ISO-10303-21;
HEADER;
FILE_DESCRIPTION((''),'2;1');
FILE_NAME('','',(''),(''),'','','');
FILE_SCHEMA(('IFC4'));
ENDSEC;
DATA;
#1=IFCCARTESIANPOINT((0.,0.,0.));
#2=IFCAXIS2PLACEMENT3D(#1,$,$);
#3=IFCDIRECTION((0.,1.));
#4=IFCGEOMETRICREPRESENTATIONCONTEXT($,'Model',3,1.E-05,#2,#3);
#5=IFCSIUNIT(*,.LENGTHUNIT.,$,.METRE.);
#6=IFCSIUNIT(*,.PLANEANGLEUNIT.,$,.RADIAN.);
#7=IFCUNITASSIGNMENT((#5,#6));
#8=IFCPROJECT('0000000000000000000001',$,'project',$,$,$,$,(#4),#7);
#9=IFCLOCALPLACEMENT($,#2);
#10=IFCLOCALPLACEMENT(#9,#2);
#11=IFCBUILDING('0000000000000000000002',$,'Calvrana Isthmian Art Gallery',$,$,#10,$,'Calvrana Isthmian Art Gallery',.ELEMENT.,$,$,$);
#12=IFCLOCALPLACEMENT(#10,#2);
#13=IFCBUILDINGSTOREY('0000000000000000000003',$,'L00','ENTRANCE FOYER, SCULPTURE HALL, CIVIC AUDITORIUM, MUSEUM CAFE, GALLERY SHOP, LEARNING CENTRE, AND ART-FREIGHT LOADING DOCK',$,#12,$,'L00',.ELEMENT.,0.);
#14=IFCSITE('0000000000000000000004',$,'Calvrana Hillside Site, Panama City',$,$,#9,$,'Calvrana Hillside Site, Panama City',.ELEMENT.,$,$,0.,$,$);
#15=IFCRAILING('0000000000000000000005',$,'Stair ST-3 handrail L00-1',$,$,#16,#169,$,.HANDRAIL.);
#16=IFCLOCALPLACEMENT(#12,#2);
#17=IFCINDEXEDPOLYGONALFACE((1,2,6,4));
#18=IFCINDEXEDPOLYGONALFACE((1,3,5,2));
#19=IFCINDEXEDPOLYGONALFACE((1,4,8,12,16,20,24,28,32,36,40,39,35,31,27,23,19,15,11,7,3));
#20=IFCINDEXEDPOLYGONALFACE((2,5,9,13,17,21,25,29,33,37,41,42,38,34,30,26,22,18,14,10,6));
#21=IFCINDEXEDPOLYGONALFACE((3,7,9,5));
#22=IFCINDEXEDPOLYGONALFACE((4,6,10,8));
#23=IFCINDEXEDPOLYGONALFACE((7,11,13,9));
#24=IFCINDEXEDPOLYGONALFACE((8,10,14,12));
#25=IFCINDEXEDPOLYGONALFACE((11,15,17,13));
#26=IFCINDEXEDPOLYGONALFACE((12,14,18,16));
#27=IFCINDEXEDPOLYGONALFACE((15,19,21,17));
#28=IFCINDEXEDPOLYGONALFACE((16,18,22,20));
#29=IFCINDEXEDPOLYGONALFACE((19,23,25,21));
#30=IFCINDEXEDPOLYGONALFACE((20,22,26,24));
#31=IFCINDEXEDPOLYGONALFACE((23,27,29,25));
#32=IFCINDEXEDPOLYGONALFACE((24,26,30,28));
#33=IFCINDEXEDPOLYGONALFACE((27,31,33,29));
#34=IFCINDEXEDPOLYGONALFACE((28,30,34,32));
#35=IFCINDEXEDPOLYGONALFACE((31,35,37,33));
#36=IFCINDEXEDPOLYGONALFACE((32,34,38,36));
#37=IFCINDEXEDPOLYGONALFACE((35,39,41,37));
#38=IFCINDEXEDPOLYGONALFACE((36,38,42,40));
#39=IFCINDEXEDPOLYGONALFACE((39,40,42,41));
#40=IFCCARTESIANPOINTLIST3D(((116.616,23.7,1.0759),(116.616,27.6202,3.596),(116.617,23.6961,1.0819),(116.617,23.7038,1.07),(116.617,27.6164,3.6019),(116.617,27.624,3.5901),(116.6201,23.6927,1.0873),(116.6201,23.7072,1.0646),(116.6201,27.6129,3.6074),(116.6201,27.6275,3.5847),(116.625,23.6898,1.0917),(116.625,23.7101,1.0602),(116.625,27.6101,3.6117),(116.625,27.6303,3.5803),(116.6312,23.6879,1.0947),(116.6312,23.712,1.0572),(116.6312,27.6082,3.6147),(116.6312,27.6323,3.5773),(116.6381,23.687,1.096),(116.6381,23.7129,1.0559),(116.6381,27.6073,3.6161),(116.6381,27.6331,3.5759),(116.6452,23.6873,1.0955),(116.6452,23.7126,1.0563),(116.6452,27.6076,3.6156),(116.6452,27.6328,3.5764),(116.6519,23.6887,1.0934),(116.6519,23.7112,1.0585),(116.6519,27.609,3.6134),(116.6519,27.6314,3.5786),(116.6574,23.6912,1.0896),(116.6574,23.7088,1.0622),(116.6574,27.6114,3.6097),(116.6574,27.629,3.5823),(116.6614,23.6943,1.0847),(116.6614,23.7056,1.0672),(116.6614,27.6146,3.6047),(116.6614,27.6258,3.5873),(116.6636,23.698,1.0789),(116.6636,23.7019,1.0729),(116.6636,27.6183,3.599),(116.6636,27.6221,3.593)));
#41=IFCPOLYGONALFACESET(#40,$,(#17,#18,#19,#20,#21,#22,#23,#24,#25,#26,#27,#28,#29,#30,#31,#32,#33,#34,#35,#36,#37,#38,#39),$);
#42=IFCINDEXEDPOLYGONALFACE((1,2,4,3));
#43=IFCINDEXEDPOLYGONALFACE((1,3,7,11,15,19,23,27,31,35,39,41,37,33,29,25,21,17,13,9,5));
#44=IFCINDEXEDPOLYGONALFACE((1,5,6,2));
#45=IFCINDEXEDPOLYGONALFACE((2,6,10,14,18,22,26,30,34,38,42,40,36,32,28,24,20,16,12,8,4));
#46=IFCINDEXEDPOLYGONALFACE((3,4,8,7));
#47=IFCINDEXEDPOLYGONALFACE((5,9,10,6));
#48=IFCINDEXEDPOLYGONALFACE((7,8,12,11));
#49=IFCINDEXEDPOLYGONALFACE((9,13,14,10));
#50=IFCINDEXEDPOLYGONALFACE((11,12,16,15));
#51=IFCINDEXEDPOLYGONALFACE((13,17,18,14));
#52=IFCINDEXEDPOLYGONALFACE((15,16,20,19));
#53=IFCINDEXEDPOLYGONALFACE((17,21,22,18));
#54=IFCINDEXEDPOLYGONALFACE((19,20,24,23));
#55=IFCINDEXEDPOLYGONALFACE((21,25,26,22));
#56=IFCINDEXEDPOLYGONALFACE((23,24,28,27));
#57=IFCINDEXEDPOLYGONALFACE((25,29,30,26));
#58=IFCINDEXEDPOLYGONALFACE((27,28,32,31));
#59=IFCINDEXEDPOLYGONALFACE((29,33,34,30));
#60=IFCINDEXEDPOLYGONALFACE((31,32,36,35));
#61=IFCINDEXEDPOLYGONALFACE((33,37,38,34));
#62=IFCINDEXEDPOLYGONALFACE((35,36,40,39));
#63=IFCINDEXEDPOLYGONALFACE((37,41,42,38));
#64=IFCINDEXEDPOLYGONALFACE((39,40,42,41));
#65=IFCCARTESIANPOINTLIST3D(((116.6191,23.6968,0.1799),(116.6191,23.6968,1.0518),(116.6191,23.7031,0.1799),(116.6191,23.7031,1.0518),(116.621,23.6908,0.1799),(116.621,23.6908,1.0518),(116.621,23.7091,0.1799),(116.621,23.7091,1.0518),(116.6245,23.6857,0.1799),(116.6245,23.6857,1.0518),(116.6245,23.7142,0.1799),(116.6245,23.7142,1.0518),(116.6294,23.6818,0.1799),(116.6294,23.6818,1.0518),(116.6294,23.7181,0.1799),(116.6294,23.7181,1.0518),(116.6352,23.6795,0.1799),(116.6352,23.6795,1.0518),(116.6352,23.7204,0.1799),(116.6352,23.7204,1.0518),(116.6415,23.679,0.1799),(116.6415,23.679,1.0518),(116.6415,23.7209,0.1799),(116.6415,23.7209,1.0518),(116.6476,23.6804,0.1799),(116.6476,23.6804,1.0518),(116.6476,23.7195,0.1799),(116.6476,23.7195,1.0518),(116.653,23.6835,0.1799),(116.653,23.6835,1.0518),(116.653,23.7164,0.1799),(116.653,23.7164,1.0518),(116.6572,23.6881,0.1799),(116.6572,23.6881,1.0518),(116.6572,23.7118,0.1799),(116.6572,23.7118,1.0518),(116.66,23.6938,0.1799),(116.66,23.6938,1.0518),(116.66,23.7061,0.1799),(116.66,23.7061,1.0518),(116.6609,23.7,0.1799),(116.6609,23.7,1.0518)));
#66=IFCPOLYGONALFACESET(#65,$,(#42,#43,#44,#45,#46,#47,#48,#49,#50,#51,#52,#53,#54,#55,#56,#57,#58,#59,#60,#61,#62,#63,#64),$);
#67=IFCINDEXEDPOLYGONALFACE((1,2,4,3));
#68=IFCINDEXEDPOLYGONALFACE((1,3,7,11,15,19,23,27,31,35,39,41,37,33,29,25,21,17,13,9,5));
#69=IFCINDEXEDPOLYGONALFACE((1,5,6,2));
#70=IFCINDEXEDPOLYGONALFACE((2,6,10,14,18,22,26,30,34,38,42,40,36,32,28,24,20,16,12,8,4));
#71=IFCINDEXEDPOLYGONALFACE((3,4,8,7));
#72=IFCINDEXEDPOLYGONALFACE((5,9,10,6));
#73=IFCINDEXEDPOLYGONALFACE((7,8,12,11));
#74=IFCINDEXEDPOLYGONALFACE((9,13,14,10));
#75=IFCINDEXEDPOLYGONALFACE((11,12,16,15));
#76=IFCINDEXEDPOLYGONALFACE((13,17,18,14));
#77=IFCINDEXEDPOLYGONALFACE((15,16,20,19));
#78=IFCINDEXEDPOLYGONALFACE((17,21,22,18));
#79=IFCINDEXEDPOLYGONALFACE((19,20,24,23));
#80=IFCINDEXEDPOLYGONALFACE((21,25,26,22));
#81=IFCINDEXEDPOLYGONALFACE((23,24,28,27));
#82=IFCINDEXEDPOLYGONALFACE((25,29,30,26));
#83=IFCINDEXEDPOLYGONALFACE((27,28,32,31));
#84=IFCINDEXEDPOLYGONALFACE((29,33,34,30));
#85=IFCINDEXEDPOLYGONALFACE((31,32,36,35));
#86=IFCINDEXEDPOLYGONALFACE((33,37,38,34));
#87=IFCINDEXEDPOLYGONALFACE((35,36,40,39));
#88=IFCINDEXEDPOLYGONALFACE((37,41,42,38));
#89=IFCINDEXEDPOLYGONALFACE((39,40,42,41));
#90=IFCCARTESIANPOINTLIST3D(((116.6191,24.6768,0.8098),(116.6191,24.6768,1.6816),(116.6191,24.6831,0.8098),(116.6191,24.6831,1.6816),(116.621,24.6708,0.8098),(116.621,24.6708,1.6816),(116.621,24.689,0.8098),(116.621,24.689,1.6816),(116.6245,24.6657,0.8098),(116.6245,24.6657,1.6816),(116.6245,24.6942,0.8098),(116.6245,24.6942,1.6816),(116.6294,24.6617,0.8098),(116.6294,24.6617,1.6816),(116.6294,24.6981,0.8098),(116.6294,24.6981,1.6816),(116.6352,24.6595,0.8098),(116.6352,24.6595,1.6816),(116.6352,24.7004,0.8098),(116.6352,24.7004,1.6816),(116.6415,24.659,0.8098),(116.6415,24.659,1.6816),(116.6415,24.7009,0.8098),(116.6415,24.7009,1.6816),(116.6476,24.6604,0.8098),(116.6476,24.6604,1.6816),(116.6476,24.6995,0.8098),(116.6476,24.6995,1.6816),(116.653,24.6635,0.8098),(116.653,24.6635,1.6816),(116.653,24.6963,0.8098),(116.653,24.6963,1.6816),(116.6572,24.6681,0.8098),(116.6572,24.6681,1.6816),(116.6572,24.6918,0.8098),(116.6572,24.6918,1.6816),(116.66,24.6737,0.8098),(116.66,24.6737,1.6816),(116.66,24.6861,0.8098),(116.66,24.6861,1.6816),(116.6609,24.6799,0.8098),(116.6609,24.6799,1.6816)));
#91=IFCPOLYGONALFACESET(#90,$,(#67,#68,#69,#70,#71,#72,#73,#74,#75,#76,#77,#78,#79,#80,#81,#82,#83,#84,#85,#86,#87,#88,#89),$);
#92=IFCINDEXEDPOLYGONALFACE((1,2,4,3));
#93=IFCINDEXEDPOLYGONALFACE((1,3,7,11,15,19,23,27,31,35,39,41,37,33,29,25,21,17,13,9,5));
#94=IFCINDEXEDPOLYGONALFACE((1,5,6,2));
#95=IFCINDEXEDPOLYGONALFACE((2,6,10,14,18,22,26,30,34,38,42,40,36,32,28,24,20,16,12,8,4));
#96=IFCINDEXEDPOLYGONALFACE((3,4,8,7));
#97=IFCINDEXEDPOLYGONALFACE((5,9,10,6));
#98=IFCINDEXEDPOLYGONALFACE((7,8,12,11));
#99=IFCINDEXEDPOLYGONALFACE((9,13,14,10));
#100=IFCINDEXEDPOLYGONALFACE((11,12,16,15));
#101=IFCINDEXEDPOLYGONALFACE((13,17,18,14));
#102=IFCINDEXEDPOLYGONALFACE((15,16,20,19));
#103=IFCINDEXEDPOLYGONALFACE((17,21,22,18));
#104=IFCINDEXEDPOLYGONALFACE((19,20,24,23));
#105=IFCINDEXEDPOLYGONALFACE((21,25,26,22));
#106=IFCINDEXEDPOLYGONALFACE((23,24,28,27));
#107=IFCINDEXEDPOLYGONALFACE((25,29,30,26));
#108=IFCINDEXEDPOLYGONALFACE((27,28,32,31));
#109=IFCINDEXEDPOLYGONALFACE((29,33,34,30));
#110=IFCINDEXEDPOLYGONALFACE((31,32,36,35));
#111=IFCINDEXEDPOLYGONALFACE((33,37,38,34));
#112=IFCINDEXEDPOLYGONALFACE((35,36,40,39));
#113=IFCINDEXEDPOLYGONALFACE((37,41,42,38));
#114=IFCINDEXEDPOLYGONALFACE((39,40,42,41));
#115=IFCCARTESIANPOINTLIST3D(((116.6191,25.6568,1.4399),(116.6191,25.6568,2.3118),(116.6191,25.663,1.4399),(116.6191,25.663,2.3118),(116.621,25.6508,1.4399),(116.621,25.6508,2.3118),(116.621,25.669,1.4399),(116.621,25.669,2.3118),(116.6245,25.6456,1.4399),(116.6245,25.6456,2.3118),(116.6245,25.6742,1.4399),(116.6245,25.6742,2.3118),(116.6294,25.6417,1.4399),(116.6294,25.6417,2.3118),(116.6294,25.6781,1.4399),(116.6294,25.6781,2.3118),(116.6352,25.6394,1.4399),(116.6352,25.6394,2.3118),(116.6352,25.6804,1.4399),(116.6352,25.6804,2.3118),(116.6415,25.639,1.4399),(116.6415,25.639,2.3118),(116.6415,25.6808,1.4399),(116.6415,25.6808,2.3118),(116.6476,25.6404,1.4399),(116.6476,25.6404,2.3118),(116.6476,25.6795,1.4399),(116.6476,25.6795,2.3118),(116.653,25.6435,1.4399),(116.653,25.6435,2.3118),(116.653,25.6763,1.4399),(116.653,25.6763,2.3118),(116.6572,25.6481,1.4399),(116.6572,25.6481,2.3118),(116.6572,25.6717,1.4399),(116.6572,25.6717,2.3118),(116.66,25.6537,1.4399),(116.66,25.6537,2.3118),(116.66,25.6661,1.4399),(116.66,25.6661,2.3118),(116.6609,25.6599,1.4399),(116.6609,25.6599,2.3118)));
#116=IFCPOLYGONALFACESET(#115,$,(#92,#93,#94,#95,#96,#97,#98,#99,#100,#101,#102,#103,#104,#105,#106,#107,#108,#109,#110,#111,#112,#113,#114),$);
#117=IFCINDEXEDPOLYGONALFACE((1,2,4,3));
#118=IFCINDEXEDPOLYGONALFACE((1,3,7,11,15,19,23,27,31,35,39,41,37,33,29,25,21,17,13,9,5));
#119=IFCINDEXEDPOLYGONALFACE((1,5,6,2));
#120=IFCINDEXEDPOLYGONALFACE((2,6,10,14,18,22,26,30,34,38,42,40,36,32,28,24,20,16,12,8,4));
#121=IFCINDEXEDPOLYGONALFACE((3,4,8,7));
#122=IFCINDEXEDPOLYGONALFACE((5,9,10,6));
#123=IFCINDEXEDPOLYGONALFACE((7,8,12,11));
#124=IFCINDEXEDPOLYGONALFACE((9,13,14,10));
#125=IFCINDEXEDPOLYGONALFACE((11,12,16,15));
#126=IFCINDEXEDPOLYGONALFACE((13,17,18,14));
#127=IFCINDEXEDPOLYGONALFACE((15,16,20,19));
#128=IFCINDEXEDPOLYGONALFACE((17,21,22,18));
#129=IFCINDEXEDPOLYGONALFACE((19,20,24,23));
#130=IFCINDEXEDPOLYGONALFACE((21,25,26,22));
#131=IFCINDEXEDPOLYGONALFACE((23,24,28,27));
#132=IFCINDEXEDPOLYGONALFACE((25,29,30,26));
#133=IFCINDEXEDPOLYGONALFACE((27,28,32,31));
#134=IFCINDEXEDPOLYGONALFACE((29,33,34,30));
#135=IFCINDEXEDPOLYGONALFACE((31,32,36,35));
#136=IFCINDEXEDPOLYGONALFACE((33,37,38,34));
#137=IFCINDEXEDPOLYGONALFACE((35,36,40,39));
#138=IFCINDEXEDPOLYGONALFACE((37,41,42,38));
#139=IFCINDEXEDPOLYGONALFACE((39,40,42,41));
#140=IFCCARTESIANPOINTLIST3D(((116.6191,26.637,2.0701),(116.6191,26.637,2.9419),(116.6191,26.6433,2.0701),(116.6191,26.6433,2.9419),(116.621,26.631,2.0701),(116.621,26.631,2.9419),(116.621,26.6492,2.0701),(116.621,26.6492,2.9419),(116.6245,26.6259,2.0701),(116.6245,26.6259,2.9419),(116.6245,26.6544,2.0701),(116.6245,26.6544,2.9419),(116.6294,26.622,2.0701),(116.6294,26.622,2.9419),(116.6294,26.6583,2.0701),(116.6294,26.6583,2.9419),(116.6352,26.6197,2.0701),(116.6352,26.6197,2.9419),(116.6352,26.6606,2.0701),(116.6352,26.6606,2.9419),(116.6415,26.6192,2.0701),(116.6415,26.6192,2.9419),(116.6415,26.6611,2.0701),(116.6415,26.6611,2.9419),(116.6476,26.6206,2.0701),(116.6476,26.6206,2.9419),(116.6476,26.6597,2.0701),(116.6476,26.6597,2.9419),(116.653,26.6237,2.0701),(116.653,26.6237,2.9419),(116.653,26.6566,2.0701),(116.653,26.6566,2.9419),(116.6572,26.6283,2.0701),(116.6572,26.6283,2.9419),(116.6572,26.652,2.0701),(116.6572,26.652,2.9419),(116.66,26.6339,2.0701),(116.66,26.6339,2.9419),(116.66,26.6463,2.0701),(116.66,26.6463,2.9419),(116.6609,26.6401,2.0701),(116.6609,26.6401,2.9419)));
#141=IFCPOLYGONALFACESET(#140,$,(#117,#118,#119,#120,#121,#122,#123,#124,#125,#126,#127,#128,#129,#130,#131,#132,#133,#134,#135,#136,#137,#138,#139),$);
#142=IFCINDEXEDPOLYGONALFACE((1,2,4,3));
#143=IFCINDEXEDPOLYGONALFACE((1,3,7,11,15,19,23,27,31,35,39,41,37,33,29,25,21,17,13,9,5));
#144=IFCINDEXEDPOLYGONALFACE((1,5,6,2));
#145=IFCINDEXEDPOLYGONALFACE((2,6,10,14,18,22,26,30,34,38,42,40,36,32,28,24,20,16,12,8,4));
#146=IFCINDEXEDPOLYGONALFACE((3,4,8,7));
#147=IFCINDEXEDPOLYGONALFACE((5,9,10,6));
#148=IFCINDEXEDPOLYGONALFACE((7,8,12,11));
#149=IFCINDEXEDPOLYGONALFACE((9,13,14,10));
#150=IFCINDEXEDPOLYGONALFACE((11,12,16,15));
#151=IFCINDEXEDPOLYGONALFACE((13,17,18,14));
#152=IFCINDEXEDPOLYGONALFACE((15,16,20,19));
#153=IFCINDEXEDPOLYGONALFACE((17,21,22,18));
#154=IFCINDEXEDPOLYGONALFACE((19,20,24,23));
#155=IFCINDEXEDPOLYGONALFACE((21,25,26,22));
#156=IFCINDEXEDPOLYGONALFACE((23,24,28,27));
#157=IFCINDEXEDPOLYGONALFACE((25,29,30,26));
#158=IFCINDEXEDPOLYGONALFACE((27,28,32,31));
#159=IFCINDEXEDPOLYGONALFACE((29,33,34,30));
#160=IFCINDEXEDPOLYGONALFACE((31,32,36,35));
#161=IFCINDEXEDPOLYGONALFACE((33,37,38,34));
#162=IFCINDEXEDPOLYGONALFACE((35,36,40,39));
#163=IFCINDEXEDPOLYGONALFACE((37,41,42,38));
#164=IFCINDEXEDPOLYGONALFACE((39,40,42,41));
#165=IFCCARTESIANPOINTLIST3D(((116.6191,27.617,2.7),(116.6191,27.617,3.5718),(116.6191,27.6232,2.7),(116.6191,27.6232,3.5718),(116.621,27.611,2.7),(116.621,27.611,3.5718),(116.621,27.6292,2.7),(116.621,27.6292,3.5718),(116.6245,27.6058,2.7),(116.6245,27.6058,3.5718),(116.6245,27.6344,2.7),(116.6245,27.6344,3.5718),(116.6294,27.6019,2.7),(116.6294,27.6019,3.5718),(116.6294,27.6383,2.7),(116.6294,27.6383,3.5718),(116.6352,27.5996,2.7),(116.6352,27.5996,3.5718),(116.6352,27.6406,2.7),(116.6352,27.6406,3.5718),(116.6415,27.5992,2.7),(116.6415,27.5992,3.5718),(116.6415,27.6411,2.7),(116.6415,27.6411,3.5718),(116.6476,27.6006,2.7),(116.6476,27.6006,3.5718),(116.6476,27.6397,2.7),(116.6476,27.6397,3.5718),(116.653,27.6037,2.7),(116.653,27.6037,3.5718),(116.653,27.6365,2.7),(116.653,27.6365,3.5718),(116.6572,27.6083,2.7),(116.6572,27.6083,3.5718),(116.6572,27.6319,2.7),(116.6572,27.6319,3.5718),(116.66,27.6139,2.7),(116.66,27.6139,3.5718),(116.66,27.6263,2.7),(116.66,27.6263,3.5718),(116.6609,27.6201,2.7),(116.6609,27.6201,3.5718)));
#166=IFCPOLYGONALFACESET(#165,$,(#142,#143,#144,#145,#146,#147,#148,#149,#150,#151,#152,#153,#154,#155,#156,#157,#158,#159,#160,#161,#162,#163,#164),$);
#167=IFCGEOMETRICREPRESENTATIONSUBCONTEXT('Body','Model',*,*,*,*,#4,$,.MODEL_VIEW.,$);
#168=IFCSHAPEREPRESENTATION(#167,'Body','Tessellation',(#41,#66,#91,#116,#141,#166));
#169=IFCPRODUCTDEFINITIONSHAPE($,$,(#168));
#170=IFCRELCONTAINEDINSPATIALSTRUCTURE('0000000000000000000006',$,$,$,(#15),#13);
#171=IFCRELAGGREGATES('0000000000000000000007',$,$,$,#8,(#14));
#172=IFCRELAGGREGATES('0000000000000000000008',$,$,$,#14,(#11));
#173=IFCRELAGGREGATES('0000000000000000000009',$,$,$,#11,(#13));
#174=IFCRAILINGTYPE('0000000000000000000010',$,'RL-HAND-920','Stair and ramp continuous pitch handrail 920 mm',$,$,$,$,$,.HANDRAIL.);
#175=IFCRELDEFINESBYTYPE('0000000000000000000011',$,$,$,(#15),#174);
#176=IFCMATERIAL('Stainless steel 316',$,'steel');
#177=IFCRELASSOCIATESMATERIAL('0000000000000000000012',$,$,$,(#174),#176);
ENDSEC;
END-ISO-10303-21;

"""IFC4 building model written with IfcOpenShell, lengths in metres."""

from ifc_helpers import new_model, si_unit, direction, frame, origin, origin_2d, place, context, subcontext, project, spatial, circle, extrude, material, type_object, element, save


model = new_model("IFC4")

# Units and contexts
model_context = context("Model", 3, precision=1e-05, world=origin(), true_north=direction((0.0, 1.0)))
body_context = subcontext(model_context, "Body", "Model", "MODEL_VIEW")
ifc_project = project(units=[si_unit("LENGTHUNIT", "METRE"), si_unit("PLANEANGLEUNIT", "RADIAN")], contexts=[model_context])

# Site, building, storey
site_placement = place(None, origin())
site = spatial("IfcSite", under=ifc_project, at=site_placement, Name="Calvrana Hillside Site, Panama City", LongName="Calvrana Hillside Site, Panama City", CompositionType="ELEMENT", RefElevation=0.0)
building_placement = place(site_placement, origin())
building = spatial("IfcBuilding", under=site, at=building_placement, Name="Calvrana Isthmian Art Gallery", LongName="Calvrana Isthmian Art Gallery", CompositionType="ELEMENT")
storey_placement = place(building_placement, origin())
storey = spatial("IfcBuildingStorey", under=building, at=storey_placement, Name="L00", Description="ENTRANCE FOYER, SCULPTURE HALL, CIVIC AUDITORIUM, MUSEUM CAFE, GALLERY SHOP, LEARNING CENTRE, AND ART-FREIGHT LOADING DOCK", LongName="L00", CompositionType="ELEMENT", Elevation=0.0)

# Shared definitions
ifc_material_1 = material(Name="Stainless steel 316", Category="steel")

# Railing
railing_type_1 = type_object("IfcRailingType", Name="RL-HAND-920", Description="Stair and ramp continuous pitch handrail 920 mm", PredefinedType="HANDRAIL", material=ifc_material_1)
railing_1_placement = place(storey_placement, frame((116.6399, 23.7, 0.1799)))
element("IfcRailing", 1, at=railing_1_placement, inside=storey, type_object=railing_type_1, Name="Stair ST-3 handrail L00-1", PredefinedType="HANDRAIL", context=body_context, shape_type="SweptSolid", body=[
    extrude(circle(Radius=0.0239, at=origin_2d()), frame((0.0, 0.0, 0.896), z_axis=(0.0, 0.841187, 0.540744), x_axis=(-1.0, 0.0, 0.0)), (0.0, 0.0, 1.0), 4.6604),
    extrude(circle(Radius=0.021, at=origin_2d()), origin(), (0.0, 0.0, 1.0), 0.8718),
    extrude(circle(Radius=0.021, at=origin_2d()), frame((0.0, 0.98, 0.6299)), (0.0, 0.0, 1.0), 0.8718),
    extrude(circle(Radius=0.021, at=origin_2d()), frame((0.0, 1.96, 1.26)), (0.0, 0.0, 1.0), 0.8718),
    extrude(circle(Radius=0.021, at=origin_2d()), frame((0.0, 2.9402, 1.8901)), (0.0, 0.0, 1.0), 0.8718),
    extrude(circle(Radius=0.021, at=origin_2d()), frame((0.0, 3.9202, 2.52)), (0.0, 0.0, 1.0), 0.8718),
])

save(model, "model.ifc")
